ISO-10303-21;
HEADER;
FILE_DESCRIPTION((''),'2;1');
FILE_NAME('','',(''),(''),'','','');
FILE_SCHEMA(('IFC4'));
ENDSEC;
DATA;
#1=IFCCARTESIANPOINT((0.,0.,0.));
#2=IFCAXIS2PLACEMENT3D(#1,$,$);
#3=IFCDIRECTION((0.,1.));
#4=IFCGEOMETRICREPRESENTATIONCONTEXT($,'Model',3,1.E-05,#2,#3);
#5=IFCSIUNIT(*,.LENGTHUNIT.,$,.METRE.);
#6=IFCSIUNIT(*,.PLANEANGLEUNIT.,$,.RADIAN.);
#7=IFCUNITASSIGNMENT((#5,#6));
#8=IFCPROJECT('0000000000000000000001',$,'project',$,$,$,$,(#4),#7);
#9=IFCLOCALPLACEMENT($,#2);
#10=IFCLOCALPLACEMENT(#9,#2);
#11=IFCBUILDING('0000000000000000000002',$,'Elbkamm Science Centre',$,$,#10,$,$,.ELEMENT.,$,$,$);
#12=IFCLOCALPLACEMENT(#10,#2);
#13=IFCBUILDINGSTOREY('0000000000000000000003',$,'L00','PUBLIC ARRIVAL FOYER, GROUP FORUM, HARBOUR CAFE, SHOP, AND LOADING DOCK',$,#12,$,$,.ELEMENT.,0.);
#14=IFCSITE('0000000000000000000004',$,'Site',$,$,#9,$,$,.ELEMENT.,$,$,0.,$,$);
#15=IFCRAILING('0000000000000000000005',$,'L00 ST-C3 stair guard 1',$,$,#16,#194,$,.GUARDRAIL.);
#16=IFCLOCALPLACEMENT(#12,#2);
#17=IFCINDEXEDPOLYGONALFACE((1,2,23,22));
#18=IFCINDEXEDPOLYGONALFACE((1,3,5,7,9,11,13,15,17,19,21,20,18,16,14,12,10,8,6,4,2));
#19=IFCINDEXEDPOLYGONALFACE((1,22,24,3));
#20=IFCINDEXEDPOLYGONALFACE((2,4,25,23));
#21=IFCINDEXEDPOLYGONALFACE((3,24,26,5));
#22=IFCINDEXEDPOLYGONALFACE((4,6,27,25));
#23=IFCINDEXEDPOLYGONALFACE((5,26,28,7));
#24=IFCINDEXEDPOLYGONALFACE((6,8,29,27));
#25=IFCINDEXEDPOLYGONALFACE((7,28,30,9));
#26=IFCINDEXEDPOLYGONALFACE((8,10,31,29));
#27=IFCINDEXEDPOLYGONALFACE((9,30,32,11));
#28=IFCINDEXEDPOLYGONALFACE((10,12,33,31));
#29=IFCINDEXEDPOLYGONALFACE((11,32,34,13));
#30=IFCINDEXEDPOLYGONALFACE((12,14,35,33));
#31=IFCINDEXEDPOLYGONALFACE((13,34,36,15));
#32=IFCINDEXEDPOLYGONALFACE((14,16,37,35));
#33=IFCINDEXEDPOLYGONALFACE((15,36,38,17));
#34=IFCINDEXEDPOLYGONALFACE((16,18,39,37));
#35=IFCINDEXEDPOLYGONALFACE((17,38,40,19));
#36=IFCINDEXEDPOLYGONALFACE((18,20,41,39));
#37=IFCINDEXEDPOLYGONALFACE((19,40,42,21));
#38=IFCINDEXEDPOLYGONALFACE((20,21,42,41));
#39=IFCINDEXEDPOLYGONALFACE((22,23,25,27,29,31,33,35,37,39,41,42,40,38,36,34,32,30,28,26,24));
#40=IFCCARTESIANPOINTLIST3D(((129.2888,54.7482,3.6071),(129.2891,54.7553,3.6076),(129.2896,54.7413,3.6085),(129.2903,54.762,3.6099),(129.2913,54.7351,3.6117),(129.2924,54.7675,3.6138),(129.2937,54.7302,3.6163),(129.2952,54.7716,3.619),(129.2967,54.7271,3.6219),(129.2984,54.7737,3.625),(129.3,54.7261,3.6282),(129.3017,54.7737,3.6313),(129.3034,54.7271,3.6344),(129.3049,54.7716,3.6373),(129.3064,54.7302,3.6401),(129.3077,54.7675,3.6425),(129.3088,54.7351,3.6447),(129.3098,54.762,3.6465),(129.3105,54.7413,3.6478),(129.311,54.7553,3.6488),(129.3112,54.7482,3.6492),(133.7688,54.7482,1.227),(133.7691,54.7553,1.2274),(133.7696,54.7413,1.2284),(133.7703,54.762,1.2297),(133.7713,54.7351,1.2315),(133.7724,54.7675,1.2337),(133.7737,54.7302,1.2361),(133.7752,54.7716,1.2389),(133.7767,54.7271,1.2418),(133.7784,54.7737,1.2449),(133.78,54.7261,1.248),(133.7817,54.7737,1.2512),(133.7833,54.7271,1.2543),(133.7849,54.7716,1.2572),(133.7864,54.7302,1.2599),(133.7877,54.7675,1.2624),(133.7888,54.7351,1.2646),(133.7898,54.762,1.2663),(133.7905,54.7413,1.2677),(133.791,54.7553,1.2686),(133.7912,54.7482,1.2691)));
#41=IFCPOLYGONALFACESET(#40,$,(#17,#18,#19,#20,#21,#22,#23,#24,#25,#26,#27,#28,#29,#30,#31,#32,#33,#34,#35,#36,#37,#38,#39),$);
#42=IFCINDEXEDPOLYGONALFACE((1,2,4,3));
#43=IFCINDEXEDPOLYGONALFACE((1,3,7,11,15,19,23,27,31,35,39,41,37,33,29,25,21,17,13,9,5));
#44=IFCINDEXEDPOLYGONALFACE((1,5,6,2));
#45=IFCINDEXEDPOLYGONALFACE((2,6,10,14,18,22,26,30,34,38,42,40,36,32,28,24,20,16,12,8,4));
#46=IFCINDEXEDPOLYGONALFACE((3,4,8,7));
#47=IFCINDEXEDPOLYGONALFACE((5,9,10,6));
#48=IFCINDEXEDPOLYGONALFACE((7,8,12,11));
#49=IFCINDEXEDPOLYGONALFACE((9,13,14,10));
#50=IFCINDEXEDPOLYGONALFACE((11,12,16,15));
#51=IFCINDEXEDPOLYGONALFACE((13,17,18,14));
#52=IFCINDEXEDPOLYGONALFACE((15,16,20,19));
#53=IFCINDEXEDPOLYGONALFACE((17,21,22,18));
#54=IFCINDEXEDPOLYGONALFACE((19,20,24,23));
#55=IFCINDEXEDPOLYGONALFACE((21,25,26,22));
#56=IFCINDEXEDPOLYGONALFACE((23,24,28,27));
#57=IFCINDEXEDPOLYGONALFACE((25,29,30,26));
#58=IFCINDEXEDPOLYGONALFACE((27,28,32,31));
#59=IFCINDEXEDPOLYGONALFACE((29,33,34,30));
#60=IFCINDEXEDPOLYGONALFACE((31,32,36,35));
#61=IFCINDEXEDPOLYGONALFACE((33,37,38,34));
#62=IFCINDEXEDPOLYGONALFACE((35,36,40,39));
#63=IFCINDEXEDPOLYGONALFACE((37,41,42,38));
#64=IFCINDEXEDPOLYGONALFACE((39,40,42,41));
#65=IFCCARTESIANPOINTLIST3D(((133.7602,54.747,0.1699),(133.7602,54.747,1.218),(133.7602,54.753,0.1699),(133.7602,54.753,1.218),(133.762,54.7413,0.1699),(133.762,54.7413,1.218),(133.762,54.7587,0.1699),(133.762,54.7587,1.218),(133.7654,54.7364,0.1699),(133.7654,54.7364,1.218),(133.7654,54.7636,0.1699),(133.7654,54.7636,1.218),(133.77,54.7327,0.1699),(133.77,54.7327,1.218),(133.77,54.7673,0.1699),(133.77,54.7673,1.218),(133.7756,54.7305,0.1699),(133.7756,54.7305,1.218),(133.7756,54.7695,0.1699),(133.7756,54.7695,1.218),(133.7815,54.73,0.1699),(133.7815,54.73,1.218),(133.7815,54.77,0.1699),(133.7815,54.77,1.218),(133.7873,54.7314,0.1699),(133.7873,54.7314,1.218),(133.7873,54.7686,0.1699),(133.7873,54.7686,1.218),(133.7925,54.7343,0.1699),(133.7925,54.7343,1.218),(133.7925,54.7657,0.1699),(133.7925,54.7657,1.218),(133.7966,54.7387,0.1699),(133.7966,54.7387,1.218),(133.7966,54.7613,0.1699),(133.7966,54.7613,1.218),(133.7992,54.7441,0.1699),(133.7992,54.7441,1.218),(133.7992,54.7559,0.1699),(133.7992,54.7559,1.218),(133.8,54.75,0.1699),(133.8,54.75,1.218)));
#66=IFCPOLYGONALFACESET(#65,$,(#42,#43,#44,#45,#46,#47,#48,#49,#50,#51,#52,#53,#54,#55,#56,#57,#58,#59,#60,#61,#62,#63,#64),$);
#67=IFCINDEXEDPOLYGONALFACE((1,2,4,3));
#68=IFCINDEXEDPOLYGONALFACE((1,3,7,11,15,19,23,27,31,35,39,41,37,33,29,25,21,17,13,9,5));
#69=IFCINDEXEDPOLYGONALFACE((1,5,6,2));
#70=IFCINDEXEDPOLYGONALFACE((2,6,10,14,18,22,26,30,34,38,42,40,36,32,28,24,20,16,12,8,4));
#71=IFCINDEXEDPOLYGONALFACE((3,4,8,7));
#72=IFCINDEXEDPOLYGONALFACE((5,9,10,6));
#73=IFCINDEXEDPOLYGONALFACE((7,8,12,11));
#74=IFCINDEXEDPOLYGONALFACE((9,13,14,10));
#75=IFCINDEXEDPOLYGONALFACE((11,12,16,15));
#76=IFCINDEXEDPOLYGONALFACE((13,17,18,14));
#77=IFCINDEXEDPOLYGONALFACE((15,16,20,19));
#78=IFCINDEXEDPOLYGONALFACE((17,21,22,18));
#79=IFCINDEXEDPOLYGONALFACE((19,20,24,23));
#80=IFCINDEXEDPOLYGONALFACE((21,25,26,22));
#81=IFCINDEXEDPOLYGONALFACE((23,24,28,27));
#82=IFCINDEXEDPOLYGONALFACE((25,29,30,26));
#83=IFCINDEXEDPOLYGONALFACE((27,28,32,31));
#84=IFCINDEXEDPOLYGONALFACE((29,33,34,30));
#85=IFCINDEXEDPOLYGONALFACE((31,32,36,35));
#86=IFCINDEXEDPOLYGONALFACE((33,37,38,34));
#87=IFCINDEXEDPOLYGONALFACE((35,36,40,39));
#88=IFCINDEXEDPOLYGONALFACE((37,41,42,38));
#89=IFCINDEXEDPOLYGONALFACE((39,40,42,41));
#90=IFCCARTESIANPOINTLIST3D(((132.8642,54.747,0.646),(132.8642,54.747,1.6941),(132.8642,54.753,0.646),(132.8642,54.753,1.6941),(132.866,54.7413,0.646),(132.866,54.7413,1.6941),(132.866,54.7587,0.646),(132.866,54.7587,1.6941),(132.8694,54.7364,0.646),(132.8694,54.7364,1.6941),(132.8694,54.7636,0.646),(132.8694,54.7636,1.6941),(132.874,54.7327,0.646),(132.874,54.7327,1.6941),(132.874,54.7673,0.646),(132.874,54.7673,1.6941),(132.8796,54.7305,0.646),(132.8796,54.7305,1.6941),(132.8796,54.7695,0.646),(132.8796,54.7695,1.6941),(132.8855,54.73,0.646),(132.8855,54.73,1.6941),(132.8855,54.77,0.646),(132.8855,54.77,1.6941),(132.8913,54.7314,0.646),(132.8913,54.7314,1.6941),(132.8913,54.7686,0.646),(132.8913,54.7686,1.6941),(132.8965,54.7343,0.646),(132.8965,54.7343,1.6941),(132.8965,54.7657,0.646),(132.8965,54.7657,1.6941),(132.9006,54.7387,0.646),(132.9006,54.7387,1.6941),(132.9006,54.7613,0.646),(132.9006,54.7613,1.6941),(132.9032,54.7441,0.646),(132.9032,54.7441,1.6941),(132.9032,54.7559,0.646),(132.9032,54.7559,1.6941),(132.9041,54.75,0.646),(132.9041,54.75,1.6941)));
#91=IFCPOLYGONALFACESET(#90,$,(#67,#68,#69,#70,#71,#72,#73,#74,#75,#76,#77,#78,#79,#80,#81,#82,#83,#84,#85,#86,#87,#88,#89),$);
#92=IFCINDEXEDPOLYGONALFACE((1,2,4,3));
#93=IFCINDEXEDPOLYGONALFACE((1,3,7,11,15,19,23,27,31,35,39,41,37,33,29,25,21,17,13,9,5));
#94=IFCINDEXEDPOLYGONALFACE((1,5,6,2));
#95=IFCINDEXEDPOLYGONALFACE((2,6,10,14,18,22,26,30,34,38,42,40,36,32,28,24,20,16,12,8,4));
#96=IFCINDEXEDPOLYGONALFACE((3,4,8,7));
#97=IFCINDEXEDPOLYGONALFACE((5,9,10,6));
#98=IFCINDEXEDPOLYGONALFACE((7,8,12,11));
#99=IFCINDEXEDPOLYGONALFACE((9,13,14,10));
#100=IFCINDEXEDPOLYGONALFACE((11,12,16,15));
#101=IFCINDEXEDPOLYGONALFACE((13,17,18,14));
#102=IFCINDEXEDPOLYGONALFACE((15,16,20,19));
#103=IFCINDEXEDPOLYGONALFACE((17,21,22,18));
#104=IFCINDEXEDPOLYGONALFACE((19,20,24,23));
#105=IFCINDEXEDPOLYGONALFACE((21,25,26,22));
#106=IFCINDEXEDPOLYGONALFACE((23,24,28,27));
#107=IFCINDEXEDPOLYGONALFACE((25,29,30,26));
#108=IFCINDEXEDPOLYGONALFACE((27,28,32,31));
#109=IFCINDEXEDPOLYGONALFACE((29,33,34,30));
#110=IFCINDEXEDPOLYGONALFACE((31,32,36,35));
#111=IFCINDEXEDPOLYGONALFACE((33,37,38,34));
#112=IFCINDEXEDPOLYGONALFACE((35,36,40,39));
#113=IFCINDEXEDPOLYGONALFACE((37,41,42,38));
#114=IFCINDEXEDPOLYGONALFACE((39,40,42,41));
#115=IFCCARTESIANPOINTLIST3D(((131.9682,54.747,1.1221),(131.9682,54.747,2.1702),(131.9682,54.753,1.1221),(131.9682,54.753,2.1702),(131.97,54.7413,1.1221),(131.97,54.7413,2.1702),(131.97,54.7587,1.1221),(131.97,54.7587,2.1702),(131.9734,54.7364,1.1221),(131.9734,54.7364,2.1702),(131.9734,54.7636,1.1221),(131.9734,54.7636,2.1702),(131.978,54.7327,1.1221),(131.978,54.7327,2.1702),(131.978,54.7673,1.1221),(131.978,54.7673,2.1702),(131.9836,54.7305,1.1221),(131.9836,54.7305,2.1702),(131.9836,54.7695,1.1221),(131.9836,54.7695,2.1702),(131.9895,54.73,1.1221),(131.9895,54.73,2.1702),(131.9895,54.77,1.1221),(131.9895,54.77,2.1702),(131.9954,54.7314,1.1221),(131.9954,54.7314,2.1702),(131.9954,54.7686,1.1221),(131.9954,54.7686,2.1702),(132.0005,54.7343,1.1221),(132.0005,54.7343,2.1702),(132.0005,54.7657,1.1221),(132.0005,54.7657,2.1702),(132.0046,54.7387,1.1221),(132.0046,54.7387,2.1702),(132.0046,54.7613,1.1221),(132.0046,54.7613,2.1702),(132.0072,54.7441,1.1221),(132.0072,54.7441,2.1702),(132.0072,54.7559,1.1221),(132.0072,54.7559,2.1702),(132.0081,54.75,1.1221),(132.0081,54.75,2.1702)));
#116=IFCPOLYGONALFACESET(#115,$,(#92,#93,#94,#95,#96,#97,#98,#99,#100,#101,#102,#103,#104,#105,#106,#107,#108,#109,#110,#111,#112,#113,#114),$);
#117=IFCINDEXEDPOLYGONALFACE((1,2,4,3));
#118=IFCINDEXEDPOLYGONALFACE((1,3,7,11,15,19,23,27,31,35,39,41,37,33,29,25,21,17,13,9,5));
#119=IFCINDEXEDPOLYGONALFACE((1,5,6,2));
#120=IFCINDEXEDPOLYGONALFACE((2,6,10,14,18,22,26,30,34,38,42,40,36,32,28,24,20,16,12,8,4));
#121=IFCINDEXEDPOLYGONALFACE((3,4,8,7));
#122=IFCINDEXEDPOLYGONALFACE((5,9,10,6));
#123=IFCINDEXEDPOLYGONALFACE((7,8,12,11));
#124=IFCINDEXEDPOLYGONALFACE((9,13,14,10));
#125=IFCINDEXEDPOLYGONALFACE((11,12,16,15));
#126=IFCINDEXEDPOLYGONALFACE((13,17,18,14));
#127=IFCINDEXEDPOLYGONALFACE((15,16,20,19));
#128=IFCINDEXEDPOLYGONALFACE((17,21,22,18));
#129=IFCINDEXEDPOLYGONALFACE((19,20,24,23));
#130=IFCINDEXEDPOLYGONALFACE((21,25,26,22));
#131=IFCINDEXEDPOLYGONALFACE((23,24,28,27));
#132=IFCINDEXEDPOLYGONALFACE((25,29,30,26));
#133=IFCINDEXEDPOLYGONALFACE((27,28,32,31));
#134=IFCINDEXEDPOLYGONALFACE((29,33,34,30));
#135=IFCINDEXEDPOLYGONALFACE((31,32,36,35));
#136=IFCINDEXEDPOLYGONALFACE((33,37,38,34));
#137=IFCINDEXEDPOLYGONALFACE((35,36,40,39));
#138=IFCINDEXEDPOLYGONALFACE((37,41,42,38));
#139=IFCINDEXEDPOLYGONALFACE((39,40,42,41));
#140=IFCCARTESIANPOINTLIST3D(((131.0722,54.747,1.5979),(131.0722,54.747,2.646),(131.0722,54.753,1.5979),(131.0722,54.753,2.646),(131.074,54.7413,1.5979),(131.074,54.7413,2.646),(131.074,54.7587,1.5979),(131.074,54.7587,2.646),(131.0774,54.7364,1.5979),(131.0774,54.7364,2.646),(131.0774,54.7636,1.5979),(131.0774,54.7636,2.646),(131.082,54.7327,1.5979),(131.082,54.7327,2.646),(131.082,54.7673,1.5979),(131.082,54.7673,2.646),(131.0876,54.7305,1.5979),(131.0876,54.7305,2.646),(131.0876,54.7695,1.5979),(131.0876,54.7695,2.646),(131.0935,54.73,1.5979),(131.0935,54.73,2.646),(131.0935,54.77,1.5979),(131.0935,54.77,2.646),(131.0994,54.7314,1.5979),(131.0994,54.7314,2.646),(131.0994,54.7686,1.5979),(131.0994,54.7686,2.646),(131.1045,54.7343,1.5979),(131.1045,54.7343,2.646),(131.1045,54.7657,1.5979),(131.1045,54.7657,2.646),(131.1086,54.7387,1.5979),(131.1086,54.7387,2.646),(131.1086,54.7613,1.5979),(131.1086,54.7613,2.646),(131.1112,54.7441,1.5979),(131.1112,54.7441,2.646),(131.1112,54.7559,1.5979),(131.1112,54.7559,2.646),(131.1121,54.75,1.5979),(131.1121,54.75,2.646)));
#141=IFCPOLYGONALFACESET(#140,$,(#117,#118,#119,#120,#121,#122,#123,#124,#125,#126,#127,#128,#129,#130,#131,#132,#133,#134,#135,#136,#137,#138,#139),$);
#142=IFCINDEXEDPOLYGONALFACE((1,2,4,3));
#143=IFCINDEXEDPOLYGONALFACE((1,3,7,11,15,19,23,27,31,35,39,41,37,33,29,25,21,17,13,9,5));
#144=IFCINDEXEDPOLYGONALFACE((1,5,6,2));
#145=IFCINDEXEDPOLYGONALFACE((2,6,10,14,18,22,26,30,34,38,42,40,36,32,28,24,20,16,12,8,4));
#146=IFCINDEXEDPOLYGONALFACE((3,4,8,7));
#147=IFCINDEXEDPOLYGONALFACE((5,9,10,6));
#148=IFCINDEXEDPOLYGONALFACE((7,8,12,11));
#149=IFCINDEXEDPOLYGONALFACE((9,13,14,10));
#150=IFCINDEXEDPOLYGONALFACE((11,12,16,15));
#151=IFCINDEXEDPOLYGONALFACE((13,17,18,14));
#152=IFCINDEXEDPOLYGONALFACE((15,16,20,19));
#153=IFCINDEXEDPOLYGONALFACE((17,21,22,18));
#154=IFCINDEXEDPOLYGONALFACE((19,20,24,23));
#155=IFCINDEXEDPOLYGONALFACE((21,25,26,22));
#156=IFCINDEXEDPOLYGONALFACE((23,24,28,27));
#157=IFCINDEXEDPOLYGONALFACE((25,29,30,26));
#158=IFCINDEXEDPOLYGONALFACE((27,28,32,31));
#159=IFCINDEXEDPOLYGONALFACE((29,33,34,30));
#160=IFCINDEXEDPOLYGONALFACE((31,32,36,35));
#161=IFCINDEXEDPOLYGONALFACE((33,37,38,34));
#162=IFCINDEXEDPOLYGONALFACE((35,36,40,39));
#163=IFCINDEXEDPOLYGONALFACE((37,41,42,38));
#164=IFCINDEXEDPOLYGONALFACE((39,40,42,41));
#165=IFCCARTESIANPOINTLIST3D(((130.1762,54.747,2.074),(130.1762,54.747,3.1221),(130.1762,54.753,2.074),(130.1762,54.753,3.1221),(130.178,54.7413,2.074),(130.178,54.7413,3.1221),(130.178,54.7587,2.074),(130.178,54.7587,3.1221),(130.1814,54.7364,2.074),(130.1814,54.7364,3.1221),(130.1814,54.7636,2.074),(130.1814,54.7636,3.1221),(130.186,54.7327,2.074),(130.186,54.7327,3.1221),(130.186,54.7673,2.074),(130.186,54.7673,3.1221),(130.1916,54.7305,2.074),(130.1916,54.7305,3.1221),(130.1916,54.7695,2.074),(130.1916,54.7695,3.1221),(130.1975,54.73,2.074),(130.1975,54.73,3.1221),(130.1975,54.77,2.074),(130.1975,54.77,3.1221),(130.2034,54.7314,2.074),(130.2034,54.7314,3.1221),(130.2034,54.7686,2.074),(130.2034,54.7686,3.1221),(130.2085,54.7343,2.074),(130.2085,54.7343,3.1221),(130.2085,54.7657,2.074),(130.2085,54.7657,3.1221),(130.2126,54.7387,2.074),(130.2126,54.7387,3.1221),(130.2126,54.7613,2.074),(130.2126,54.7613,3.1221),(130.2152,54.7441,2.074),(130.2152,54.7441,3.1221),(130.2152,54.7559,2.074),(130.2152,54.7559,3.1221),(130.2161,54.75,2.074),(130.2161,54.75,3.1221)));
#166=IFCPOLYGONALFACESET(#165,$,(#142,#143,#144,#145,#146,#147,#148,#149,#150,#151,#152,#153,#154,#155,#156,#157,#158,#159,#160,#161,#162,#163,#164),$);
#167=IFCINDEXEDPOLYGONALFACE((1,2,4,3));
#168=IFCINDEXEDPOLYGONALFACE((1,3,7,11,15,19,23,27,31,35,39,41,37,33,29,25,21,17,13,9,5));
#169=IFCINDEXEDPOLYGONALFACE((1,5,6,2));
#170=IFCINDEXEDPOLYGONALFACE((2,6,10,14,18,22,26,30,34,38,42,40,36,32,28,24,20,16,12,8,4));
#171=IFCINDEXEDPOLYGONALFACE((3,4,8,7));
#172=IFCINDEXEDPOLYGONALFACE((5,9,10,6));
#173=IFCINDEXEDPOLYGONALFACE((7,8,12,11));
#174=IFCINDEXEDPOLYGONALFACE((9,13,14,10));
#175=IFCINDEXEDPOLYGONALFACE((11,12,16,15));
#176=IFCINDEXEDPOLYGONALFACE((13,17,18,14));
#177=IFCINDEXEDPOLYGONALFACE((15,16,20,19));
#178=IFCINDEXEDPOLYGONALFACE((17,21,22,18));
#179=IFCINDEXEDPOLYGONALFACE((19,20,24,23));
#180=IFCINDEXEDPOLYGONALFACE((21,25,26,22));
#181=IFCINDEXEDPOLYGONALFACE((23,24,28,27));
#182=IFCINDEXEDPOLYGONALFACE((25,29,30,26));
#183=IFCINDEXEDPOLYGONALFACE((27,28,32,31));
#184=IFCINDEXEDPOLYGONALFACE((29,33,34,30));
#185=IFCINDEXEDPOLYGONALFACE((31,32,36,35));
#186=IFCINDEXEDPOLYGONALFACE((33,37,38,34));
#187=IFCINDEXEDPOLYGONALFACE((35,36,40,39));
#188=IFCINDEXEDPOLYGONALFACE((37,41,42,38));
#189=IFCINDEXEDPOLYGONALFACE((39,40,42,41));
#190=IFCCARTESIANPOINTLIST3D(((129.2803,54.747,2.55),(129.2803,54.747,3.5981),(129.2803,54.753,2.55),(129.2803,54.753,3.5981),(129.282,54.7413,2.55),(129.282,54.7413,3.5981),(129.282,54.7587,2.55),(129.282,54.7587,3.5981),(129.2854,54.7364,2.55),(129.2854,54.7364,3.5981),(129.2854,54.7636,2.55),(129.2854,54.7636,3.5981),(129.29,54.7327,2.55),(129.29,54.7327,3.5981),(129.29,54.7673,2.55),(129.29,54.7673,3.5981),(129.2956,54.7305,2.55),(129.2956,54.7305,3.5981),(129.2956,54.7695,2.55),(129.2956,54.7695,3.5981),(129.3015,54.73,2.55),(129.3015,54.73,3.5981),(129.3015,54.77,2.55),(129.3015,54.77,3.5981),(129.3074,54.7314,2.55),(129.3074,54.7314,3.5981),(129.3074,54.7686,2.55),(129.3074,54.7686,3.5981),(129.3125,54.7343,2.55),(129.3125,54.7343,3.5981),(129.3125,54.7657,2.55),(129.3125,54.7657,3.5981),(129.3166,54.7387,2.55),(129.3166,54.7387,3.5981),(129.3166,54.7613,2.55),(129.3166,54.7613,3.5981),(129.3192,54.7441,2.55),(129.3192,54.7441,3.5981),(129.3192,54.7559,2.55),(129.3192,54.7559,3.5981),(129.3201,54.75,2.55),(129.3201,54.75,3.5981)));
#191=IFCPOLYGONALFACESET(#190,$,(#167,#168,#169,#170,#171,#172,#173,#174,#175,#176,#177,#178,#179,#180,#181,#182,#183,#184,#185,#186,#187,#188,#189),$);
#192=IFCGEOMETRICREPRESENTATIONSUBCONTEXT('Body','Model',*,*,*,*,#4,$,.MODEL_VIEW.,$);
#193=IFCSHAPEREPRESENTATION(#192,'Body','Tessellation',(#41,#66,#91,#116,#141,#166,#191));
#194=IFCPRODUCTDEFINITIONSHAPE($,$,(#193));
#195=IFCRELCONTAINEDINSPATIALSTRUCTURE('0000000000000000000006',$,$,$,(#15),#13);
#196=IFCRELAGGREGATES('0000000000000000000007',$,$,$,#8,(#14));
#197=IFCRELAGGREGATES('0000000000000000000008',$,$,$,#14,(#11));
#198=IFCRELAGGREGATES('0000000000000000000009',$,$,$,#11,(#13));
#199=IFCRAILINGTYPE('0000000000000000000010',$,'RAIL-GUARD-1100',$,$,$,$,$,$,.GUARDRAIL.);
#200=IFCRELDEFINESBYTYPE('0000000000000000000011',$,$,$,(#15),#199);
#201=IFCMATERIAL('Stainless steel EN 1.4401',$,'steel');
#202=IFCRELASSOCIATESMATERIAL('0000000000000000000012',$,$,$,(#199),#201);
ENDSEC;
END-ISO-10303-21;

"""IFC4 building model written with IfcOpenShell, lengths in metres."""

from ifc_helpers import new_model, si_unit, direction, frame, origin, origin_2d, place, context, subcontext, project, spatial, circle, extrude, material, type_object, element, save


model = new_model("IFC4")

# Units and contexts
model_context = context("Model", 3, precision=1e-05, world=origin(), true_north=direction((0.0, 1.0)))
body_context = subcontext(model_context, "Body", "Model", "MODEL_VIEW")
ifc_project = project(units=[si_unit("LENGTHUNIT", "METRE"), si_unit("PLANEANGLEUNIT", "RADIAN")], contexts=[model_context])

# Site, building, storey
site_placement = place(None, origin())
site = spatial("IfcSite", under=ifc_project, at=site_placement, Name="Site", CompositionType="ELEMENT", RefElevation=0.0)
building_placement = place(site_placement, origin())
building = spatial("IfcBuilding", under=site, at=building_placement, Name="Elbkamm Science Centre", CompositionType="ELEMENT")
storey_placement = place(building_placement, origin())
storey = spatial("IfcBuildingStorey", under=building, at=storey_placement, Name="L00", Description="PUBLIC ARRIVAL FOYER, GROUP FORUM, HARBOUR CAFE, SHOP, AND LOADING DOCK", CompositionType="ELEMENT", Elevation=0.0)

# Railing
ifc_material_1 = material(Name="Stainless steel EN 1.4401", Category="steel")
railing_type_1 = type_object("IfcRailingType", Name="RAIL-GUARD-1100", PredefinedType="GUARDRAIL", material=ifc_material_1)
railing_1_placement = place(storey_placement, frame((133.78, 54.75, 0.1699)))
element("IfcRailing", 1, at=railing_1_placement, inside=storey, type_object=railing_type_1, Name="L00 ST-C3 stair guard 1", PredefinedType="GUARDRAIL", context=body_context, shape_type="SweptSolid", body=[
    extrude(circle(Radius=0.0239, at=origin_2d()), frame((0.0, 0.0, 1.0781), z_axis=(-0.883105, 0.0, 0.469176), x_axis=(0.0, -1.0, 0.0)), (0.0, 0.0, 1.0), 5.073),
    extrude(circle(Radius=0.02, at=origin_2d()), origin(), (0.0, 0.0, 1.0), 1.0481),
    extrude(circle(Radius=0.02, at=origin_2d()), frame((-0.896, 0.0, 0.4761)), (0.0, 0.0, 1.0), 1.0481),
    extrude(circle(Radius=0.02, at=origin_2d()), frame((-1.792, 0.0, 0.9521)), (0.0, 0.0, 1.0), 1.0481),
    extrude(circle(Radius=0.02, at=origin_2d()), frame((-2.688, 0.0, 1.428)), (0.0, 0.0, 1.0), 1.0481),
    extrude(circle(Radius=0.02, at=origin_2d()), frame((-3.584, 0.0, 1.9041)), (0.0, 0.0, 1.0), 1.0481),
    extrude(circle(Radius=0.02, at=origin_2d()), frame((-4.48, 0.0, 2.3801)), (0.0, 0.0, 1.0), 1.0481),
])

save(model, "model.ifc")
